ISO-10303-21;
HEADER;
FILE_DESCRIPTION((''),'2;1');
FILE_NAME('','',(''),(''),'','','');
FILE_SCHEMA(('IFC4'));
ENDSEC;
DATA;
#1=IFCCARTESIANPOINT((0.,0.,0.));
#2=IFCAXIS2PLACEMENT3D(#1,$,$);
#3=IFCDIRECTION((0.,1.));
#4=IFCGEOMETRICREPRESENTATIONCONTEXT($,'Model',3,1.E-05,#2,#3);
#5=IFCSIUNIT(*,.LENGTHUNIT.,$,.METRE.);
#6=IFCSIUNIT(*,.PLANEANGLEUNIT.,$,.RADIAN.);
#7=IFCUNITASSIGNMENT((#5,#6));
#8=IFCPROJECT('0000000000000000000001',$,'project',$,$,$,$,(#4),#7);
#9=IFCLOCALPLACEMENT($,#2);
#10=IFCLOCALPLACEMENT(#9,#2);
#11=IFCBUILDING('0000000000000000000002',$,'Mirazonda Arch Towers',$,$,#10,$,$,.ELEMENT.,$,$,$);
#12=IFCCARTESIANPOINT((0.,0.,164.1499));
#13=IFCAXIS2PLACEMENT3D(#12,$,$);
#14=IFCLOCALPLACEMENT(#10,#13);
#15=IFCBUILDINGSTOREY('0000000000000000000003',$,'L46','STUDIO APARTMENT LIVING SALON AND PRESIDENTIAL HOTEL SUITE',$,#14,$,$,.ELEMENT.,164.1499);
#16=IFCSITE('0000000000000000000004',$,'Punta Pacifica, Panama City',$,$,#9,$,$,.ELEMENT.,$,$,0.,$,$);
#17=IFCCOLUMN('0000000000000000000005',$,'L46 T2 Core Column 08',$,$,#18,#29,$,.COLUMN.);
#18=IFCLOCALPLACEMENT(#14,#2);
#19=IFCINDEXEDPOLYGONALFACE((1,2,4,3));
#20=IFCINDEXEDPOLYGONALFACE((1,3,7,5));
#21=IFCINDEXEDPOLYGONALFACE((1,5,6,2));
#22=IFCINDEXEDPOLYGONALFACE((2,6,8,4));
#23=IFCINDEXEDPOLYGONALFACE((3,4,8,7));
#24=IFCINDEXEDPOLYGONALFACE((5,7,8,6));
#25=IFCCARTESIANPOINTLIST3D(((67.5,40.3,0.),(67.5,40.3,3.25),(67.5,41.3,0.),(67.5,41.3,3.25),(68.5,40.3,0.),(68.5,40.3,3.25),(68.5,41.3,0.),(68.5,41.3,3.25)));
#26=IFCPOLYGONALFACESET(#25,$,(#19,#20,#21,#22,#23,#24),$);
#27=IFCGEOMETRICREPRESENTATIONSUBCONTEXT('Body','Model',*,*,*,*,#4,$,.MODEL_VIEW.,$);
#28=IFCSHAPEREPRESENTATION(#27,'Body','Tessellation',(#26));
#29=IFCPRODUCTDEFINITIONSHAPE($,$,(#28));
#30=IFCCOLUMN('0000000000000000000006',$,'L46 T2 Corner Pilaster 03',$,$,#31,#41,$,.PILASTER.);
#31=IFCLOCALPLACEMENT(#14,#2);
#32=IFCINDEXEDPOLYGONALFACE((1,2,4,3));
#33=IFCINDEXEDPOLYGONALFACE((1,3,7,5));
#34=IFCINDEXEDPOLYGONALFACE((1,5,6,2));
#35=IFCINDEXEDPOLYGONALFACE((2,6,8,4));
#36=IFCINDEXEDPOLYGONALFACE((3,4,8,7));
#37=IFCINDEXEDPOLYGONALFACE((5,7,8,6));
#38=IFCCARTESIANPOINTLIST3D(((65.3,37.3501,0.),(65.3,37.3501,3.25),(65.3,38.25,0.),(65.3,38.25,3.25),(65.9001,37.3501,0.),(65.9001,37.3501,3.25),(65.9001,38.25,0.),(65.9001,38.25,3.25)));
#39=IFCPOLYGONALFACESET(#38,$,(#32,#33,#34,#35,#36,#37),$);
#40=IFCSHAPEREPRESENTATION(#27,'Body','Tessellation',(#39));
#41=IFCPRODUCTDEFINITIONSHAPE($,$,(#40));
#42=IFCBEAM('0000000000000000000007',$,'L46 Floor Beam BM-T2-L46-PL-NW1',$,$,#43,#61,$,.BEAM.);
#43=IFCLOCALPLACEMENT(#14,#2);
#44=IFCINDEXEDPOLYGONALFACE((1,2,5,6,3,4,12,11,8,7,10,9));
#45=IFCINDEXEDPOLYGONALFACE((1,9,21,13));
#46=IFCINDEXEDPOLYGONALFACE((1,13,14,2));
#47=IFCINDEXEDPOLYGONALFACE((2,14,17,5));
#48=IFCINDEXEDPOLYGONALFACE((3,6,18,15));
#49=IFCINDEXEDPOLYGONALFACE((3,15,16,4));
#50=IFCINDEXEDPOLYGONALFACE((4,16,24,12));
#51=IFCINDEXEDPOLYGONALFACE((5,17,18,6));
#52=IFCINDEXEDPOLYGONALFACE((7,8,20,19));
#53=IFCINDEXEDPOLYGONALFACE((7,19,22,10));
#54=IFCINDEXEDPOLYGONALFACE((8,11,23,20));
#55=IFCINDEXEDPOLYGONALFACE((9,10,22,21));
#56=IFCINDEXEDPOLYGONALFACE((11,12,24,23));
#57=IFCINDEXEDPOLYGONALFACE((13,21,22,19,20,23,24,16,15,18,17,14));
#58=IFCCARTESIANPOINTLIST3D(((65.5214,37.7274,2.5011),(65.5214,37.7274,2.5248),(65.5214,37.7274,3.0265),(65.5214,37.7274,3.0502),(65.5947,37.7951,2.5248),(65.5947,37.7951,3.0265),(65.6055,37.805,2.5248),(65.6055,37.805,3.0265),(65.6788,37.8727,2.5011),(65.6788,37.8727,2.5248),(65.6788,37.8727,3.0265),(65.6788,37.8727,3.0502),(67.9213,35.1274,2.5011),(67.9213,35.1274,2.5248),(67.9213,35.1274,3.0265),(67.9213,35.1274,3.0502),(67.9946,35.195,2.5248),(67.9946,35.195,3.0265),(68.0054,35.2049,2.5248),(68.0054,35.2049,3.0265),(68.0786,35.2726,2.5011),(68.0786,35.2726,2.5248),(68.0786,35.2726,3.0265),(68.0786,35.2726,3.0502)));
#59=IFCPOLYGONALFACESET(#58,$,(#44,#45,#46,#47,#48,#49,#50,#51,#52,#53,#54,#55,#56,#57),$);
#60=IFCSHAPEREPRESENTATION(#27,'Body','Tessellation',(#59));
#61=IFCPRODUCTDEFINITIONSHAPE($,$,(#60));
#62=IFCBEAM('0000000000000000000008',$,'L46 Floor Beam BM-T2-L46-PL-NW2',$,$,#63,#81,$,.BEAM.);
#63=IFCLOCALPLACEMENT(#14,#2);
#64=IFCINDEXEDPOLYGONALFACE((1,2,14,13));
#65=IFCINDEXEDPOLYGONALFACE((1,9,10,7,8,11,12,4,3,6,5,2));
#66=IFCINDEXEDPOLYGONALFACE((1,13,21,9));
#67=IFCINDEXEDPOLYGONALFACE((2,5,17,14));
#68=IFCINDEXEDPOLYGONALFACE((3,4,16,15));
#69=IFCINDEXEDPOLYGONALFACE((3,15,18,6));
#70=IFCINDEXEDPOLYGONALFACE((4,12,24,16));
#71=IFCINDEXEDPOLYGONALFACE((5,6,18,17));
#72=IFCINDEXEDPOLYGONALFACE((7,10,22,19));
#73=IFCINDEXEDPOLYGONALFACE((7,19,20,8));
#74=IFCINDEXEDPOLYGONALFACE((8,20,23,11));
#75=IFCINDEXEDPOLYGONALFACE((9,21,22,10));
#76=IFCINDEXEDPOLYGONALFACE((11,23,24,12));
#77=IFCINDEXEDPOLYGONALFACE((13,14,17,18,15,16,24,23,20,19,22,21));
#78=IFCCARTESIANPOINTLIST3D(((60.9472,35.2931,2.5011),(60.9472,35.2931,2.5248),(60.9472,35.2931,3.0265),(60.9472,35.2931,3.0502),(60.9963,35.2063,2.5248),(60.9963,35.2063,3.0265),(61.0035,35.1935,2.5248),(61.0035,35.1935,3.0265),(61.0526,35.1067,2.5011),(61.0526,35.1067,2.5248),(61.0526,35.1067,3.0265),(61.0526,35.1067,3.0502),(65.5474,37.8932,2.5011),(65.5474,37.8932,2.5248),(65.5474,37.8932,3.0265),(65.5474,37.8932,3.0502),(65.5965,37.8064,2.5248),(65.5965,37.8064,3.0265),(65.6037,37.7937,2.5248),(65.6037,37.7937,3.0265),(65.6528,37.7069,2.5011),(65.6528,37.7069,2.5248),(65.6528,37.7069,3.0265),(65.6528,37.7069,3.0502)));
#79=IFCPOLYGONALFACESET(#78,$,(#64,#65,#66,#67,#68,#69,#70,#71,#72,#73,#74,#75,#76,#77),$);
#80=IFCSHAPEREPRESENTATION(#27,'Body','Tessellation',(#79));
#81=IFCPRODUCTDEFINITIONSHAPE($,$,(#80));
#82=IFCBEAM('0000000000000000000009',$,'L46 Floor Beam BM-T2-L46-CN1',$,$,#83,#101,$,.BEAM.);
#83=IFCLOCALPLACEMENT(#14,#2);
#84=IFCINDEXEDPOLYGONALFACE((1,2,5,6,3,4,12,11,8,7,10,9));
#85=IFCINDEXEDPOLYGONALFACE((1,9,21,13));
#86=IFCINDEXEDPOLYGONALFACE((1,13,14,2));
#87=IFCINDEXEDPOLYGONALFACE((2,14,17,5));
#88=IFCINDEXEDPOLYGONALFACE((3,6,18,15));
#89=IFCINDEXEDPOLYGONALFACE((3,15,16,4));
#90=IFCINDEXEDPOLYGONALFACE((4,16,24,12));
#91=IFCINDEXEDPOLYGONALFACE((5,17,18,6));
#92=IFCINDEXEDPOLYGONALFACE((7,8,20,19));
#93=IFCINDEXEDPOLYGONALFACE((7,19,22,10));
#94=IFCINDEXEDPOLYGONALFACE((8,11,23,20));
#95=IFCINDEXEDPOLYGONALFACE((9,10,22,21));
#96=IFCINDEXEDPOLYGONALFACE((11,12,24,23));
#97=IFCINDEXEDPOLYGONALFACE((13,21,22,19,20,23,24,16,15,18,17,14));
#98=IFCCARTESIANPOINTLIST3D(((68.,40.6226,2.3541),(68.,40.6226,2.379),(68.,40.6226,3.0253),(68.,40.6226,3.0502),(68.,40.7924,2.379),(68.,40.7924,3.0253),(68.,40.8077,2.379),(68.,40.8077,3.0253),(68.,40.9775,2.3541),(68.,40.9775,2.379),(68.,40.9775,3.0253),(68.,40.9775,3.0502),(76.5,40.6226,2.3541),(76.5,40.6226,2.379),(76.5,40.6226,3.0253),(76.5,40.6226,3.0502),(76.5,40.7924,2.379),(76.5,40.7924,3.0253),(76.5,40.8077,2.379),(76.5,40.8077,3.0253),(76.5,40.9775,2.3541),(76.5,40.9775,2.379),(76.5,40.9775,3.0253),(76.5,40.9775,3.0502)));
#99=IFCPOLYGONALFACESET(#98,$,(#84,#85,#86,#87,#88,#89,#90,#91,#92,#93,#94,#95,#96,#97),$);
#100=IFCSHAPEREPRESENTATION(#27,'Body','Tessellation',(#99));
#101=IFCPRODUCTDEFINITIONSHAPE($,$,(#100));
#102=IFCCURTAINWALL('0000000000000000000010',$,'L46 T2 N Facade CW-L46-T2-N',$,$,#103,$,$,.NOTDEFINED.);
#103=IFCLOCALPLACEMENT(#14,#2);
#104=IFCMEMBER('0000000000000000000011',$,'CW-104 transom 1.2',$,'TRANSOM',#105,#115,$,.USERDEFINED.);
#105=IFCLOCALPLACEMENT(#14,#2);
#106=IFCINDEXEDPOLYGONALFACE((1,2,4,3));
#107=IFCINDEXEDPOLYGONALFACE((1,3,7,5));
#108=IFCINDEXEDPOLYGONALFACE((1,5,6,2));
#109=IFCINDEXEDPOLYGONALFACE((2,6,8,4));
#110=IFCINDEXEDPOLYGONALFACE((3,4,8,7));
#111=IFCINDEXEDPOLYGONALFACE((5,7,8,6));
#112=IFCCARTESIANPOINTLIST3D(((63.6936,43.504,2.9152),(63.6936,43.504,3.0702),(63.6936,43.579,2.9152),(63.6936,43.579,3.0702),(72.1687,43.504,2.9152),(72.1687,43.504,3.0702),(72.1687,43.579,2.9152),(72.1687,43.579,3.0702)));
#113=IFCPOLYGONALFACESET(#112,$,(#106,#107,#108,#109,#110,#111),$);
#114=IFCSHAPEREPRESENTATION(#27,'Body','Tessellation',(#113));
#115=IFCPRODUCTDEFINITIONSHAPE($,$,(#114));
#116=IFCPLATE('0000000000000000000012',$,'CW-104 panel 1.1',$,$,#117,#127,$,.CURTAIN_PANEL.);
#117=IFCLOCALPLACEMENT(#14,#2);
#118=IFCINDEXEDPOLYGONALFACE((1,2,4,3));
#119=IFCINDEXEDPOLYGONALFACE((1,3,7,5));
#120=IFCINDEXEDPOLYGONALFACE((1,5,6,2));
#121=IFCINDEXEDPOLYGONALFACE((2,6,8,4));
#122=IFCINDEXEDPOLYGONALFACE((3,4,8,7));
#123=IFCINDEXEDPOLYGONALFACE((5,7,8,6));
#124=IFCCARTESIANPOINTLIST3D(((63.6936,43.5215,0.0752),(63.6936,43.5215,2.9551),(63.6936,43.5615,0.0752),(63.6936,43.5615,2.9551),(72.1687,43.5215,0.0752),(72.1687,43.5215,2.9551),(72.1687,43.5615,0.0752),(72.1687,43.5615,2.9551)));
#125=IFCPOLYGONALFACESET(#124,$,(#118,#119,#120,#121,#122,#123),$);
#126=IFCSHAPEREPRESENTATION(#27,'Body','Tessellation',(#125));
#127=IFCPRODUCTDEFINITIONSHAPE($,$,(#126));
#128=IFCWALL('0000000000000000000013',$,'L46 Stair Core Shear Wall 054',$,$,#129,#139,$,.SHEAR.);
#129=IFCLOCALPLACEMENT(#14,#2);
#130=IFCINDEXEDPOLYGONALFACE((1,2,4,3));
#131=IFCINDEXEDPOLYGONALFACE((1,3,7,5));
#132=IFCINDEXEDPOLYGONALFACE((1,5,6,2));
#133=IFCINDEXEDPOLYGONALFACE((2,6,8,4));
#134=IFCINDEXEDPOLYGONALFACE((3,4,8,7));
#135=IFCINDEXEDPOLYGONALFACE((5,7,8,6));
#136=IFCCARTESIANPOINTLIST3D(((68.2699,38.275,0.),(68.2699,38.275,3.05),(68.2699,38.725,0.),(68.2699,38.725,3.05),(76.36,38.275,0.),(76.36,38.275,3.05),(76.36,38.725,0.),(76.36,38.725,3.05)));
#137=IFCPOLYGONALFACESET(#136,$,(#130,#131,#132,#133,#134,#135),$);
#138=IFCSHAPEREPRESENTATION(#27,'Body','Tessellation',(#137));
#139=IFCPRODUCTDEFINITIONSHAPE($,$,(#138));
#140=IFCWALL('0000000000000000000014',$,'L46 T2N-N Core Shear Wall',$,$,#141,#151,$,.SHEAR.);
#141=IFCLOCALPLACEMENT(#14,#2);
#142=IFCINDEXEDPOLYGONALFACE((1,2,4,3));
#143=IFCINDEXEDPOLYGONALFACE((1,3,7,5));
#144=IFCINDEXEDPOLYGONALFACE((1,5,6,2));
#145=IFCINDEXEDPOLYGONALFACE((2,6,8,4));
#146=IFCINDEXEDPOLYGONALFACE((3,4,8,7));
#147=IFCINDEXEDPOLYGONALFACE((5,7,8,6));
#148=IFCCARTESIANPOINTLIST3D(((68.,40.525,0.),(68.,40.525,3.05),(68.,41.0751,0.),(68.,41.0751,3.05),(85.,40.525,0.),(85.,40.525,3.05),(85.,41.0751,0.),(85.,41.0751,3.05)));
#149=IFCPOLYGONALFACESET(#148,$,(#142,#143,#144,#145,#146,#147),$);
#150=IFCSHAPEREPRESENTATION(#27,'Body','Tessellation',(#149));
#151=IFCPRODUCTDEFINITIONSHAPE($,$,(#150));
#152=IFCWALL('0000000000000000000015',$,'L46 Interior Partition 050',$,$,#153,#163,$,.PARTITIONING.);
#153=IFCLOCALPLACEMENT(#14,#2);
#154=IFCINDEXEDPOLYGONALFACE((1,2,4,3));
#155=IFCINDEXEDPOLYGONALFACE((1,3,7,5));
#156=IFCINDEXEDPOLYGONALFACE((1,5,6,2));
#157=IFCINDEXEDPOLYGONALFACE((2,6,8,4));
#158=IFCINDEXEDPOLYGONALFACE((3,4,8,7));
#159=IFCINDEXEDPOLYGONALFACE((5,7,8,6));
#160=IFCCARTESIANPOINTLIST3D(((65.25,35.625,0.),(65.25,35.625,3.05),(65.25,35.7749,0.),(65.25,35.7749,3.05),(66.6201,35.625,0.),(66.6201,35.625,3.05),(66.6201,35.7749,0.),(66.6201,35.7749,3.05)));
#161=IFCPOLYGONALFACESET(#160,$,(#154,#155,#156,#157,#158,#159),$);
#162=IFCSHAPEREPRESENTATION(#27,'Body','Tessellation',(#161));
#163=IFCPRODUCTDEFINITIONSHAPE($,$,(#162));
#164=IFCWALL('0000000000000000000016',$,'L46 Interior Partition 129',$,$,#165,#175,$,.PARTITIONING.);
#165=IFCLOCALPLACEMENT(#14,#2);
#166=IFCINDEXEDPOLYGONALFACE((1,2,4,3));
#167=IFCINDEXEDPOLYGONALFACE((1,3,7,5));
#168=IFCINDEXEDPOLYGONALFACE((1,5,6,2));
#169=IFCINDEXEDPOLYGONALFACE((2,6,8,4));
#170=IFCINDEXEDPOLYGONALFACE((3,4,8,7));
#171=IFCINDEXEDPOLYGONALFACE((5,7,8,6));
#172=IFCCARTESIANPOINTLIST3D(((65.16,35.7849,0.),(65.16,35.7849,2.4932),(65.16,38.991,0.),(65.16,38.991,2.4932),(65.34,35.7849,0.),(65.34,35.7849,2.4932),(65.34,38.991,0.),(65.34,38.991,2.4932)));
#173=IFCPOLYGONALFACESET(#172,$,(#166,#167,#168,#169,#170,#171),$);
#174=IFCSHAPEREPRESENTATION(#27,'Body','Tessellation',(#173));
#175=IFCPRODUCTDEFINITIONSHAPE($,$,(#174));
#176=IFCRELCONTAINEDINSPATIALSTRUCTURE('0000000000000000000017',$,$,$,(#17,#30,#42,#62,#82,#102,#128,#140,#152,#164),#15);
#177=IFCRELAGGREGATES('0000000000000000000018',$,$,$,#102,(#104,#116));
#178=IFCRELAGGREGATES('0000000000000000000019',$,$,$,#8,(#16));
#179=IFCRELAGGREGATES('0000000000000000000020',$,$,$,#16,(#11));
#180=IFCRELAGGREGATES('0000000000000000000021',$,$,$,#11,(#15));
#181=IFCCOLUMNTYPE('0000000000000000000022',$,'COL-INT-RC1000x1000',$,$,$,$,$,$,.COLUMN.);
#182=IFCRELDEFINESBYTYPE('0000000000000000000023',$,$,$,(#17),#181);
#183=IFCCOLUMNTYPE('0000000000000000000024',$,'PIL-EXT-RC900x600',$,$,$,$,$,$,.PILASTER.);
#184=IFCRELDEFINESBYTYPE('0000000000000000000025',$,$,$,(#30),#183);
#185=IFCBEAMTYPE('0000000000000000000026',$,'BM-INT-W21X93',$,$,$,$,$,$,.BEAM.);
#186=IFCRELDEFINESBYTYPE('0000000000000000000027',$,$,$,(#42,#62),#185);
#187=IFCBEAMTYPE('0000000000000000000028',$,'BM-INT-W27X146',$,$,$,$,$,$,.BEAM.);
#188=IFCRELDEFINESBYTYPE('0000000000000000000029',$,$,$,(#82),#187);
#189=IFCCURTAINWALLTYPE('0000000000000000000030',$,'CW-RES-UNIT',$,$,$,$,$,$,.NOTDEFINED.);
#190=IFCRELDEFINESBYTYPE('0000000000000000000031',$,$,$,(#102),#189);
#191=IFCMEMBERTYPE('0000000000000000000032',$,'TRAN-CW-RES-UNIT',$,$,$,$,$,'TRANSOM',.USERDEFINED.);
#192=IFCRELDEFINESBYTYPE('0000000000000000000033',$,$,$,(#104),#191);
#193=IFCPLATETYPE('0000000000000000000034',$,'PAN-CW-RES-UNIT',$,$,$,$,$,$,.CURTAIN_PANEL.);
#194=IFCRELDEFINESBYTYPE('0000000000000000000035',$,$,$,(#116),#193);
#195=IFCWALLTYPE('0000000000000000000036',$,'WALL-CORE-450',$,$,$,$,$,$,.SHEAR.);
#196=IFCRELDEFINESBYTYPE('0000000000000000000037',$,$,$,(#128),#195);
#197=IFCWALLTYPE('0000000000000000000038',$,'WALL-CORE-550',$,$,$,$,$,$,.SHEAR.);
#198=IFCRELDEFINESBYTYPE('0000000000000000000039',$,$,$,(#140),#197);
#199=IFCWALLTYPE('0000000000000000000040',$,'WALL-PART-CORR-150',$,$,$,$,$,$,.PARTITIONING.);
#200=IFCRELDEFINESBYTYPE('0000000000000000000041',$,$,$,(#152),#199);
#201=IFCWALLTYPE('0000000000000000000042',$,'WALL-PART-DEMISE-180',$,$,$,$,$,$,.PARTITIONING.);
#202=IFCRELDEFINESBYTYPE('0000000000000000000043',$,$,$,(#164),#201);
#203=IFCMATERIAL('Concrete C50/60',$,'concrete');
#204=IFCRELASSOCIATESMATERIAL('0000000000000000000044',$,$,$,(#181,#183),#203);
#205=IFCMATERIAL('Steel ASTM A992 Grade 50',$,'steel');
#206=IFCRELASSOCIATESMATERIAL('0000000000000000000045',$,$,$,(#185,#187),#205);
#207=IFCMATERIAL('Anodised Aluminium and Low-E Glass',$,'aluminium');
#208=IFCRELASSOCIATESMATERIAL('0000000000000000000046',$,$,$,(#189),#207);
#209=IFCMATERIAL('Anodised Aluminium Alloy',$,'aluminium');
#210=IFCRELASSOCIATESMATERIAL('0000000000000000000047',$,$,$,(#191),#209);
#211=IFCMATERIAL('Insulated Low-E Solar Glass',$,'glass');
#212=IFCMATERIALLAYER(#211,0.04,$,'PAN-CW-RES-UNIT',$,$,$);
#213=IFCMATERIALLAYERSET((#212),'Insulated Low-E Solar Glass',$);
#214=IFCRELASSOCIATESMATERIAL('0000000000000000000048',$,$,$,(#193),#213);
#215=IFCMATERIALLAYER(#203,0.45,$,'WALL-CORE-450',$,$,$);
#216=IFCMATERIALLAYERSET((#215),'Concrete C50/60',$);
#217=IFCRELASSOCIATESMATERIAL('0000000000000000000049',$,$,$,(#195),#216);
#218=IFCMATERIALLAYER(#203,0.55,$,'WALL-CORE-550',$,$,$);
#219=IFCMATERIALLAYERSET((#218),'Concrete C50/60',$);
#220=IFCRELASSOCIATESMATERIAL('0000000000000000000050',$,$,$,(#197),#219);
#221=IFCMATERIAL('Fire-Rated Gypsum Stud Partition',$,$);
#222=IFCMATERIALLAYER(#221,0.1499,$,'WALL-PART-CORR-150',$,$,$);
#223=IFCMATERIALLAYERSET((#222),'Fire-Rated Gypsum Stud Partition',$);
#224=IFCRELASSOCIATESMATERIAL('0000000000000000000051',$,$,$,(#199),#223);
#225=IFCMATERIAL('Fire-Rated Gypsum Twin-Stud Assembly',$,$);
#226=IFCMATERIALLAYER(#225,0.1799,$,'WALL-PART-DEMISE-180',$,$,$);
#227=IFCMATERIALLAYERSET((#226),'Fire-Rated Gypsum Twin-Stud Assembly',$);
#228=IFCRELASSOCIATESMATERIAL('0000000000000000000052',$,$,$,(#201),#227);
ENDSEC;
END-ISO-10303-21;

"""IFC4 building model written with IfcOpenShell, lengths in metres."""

from ifc_helpers import new_model, si_unit, direction, frame, frame_2d, origin, origin_2d, place, context, subcontext, project, spatial, rectangle, i_section, extrude, material, layer, layer_set, material_profile, profile_set, type_object, element, aggregate, save


model = new_model("IFC4")

# Units and contexts
model_context = context("Model", 3, precision=1e-05, world=origin(), true_north=direction((0.0, 1.0)))
body_context = subcontext(model_context, "Body", "Model", "MODEL_VIEW")
ifc_project = project(units=[si_unit("LENGTHUNIT", "METRE"), si_unit("PLANEANGLEUNIT", "RADIAN")], contexts=[model_context])

# Site, building, storey
site_placement = place(None, origin())
site = spatial("IfcSite", under=ifc_project, at=site_placement, Name="Punta Pacifica, Panama City", CompositionType="ELEMENT", RefElevation=0.0)
building_placement = place(site_placement, origin())
building = spatial("IfcBuilding", under=site, at=building_placement, Name="Mirazonda Arch Towers", CompositionType="ELEMENT")
storey_placement = place(building_placement, frame((0.0, 0.0, 164.1499)))
storey = spatial("IfcBuildingStorey", under=building, at=storey_placement, Name="L46", Description="STUDIO APARTMENT LIVING SALON AND PRESIDENTIAL HOTEL SUITE", CompositionType="ELEMENT", Elevation=164.1499)

# Columns
ifc_material_1 = material(Name="Concrete C50/60", Category="concrete")
ifc_material_profile_1 = material_profile(ifc_material_1, rectangle(XDim=1.0, YDim=1.0, at=origin_2d()), Name="RC1000x1000")
ifc_profile_set_1 = profile_set([ifc_material_profile_1], Name="Concrete C50/60")
column_type_1 = type_object("IfcColumnType", Name="COL-INT-RC1000x1000", PredefinedType="COLUMN", material=ifc_profile_set_1)
column_1_placement = place(storey_placement, frame((68.0, 40.8, 0.0), z_axis=(0.0, 0.0, 1.0), x_axis=(1.0, 0.0, 0.0)))
element("IfcColumn", 1, at=column_1_placement, inside=storey, type_object=column_type_1, Name="L46 T2 Core Column 08", PredefinedType="COLUMN", context=body_context, shape_type="SweptSolid", body=[
    extrude(rectangle(XDim=1.0, YDim=1.0, at=origin_2d()), origin(), (0.0, 0.0, 1.0), 3.25),
])
ifc_material_profile_2 = material_profile(ifc_material_1, rectangle(XDim=0.6001, YDim=0.8999, at=origin_2d()), Name="RC900x600")
ifc_profile_set_2 = profile_set([ifc_material_profile_2], Name="Concrete C50/60")
column_type_2 = type_object("IfcColumnType", Name="PIL-EXT-RC900x600", PredefinedType="PILASTER", material=ifc_profile_set_2)
column_2_placement = place(storey_placement, frame((65.6001, 37.8, 0.0), z_axis=(0.0, 0.0, 1.0), x_axis=(1.0, 0.0, 0.0)))
element("IfcColumn", 2, at=column_2_placement, inside=storey, type_object=column_type_2, Name="L46 T2 Corner Pilaster 03", PredefinedType="PILASTER", context=body_context, shape_type="SweptSolid", body=[
    extrude(rectangle(XDim=0.6001, YDim=0.8999, at=origin_2d()), origin(), (0.0, 0.0, 1.0), 3.25),
])

# Beams
ifc_material_2 = material(Name="Steel ASTM A992 Grade 50", Category="steel")
ifc_material_profile_3 = material_profile(ifc_material_2, i_section(OverallWidth=0.2141, OverallDepth=0.5491, WebThickness=0.0146, FlangeThickness=0.0237, at=origin_2d()), Name="W21X93")
ifc_profile_set_3 = profile_set([ifc_material_profile_3], Name="Steel ASTM A992 Grade 50")
beam_type_1 = type_object("IfcBeamType", Name="BM-INT-W21X93", PredefinedType="BEAM", material=ifc_profile_set_3)
beam_1_placement = place(storey_placement, frame((65.6001, 37.8, 2.7756), z_axis=(0.678251, -0.73483, 0.0), x_axis=(0.73483, 0.678251, 0.0)))
element("IfcBeam", 3, at=beam_1_placement, inside=storey, type_object=beam_type_1, Name="L46 Floor Beam BM-T2-L46-PL-NW1", PredefinedType="BEAM", context=body_context, shape_type="SweptSolid", body=[
    extrude(i_section(OverallWidth=0.2141, OverallDepth=0.5491, WebThickness=0.0146, FlangeThickness=0.0237, at=origin_2d()), origin(), (0.0, 0.0, 1.0), 3.5383),
])
beam_2_placement = place(storey_placement, frame((65.6001, 37.8, 2.7756), z_axis=(-0.870559, -0.492063, 0.0), x_axis=(0.492063, -0.870559, 0.0)))
element("IfcBeam", 4, at=beam_2_placement, inside=storey, type_object=beam_type_1, Name="L46 Floor Beam BM-T2-L46-PL-NW2", PredefinedType="BEAM", context=body_context, shape_type="SweptSolid", body=[
    extrude(i_section(OverallWidth=0.2141, OverallDepth=0.5491, WebThickness=0.0146, FlangeThickness=0.0237, at=origin_2d()), origin(), (0.0, 0.0, 1.0), 5.2842),
])
ifc_material_profile_4 = material_profile(ifc_material_2, i_section(OverallWidth=0.355, OverallDepth=0.696, WebThickness=0.0154, FlangeThickness=0.0249, at=origin_2d()), Name="W27X146")
ifc_profile_set_4 = profile_set([ifc_material_profile_4], Name="Steel ASTM A992 Grade 50")
beam_type_2 = type_object("IfcBeamType", Name="BM-INT-W27X146", PredefinedType="BEAM", material=ifc_profile_set_4)
beam_3_placement = place(storey_placement, frame((68.0, 40.8, 2.7021), z_axis=(1.0, 0.0, 0.0), x_axis=(0.0, 1.0, 0.0)))
element("IfcBeam", 5, at=beam_3_placement, inside=storey, type_object=beam_type_2, Name="L46 Floor Beam BM-T2-L46-CN1", PredefinedType="BEAM", context=body_context, shape_type="SweptSolid", body=[
    extrude(i_section(OverallWidth=0.355, OverallDepth=0.696, WebThickness=0.0154, FlangeThickness=0.0249, at=origin_2d()), origin(), (0.0, 0.0, 1.0), 8.5),
])

# Curtain wall, member, plate
ifc_material_3 = material(Name="Anodised Aluminium and Low-E Glass", Category="aluminium")
curtain_wall_type = type_object("IfcCurtainWallType", Name="CW-RES-UNIT", PredefinedType="NOTDEFINED", material=ifc_material_3)
curtain_wall_placement = place(storey_placement, origin())
curtain_wall = element("IfcCurtainWall", 6, at=curtain_wall_placement, inside=storey, type_object=curtain_wall_type, Name="L46 T2 N Facade CW-L46-T2-N", PredefinedType="NOTDEFINED")
ifc_material_4 = material(Name="Anodised Aluminium Alloy", Category="aluminium")
ifc_material_profile_5 = material_profile(ifc_material_4, rectangle(XDim=0.075, YDim=0.155, at=origin_2d()), Name="ALU-TRAN-75x155")
ifc_profile_set_5 = profile_set([ifc_material_profile_5], Name="Anodised Aluminium Alloy")
member_type = type_object("IfcMemberType", Name="TRAN-CW-RES-UNIT", ElementType="TRANSOM", PredefinedType="USERDEFINED", material=ifc_profile_set_5)
member_placement = place(storey_placement, frame((63.6936, 43.5415, 2.9927), z_axis=(1.0, 0.0, 0.0), x_axis=(0.0, 1.0, 0.0)))
member = element("IfcMember", 7, at=member_placement, type_object=member_type, Name="CW-104 transom 1.2", ObjectType="TRANSOM", PredefinedType="USERDEFINED", context=body_context, shape_type="SweptSolid", body=[
    extrude(rectangle(XDim=0.075, YDim=0.155, at=origin_2d()), origin(), (0.0, 0.0, 1.0), 8.4751),
])
ifc_material_5 = material(Name="Insulated Low-E Solar Glass", Category="glass")
ifc_layer_1 = layer(ifc_material_5, 0.04, Name="PAN-CW-RES-UNIT")
ifc_layer_set_1 = layer_set([ifc_layer_1], Name="Insulated Low-E Solar Glass")
plate_type = type_object("IfcPlateType", Name="PAN-CW-RES-UNIT", PredefinedType="CURTAIN_PANEL", material=ifc_layer_set_1)
plate_placement = place(storey_placement, frame((67.9312, 43.5415, 0.0752), z_axis=(0.0, 0.0, 1.0), x_axis=(1.0, 0.0, 0.0)))
plate = element("IfcPlate", 8, at=plate_placement, type_object=plate_type, Name="CW-104 panel 1.1", PredefinedType="CURTAIN_PANEL", context=body_context, shape_type="SweptSolid", body=[
    extrude(rectangle(XDim=8.4751, YDim=0.04, at=origin_2d()), origin(), (0.0, 0.0, 1.0), 2.8799),
])
aggregate(curtain_wall, [member, plate])

# Walls
ifc_layer_2 = layer(ifc_material_1, 0.45, Name="WALL-CORE-450")
ifc_layer_set_2 = layer_set([ifc_layer_2], Name="Concrete C50/60")
wall_type_1 = type_object("IfcWallType", Name="WALL-CORE-450", PredefinedType="SHEAR", material=ifc_layer_set_2)
wall_1_placement = place(storey_placement, frame((68.27, 38.5, 0.0), z_axis=(0.0, 0.0, 1.0), x_axis=(1.0, 0.0, 0.0)))
element("IfcWall", 9, at=wall_1_placement, inside=storey, type_object=wall_type_1, Name="L46 Stair Core Shear Wall 054", PredefinedType="SHEAR", context=body_context, shape_type="SweptSolid", body=[
    extrude(rectangle(XDim=8.0901, YDim=0.45, at=frame_2d((4.0449, 0.0))), origin(), (0.0, 0.0, 1.0), 3.05),
])
ifc_layer_3 = layer(ifc_material_1, 0.55, Name="WALL-CORE-550")
ifc_layer_set_3 = layer_set([ifc_layer_3], Name="Concrete C50/60")
wall_type_2 = type_object("IfcWallType", Name="WALL-CORE-550", PredefinedType="SHEAR", material=ifc_layer_set_3)
wall_2_placement = place(storey_placement, frame((68.0, 40.8, 0.0), z_axis=(0.0, 0.0, 1.0), x_axis=(1.0, 0.0, 0.0)))
element("IfcWall", 10, at=wall_2_placement, inside=storey, type_object=wall_type_2, Name="L46 T2N-N Core Shear Wall", PredefinedType="SHEAR", context=body_context, shape_type="SweptSolid", body=[
    extrude(rectangle(XDim=17.0, YDim=0.55, at=frame_2d((8.5, 0.0))), origin(), (0.0, 0.0, 1.0), 3.05),
])
ifc_material_6 = material(Name="Fire-Rated Gypsum Stud Partition")
ifc_layer_4 = layer(ifc_material_6, 0.1499, Name="WALL-PART-CORR-150")
ifc_layer_set_4 = layer_set([ifc_layer_4], Name="Fire-Rated Gypsum Stud Partition")
wall_type_3 = type_object("IfcWallType", Name="WALL-PART-CORR-150", PredefinedType="PARTITIONING", material=ifc_layer_set_4)
wall_3_placement = place(storey_placement, frame((65.25, 35.7, 0.0), z_axis=(0.0, 0.0, 1.0), x_axis=(1.0, 0.0, 0.0)))
element("IfcWall", 11, at=wall_3_placement, inside=storey, type_object=wall_type_3, Name="L46 Interior Partition 050", PredefinedType="PARTITIONING", context=body_context, shape_type="SweptSolid", body=[
    extrude(rectangle(XDim=1.3701, YDim=0.1499, at=frame_2d((0.6851, 0.0))), origin(), (0.0, 0.0, 1.0), 3.05),
])
ifc_material_7 = material(Name="Fire-Rated Gypsum Twin-Stud Assembly")
ifc_layer_5 = layer(ifc_material_7, 0.1799, Name="WALL-PART-DEMISE-180")
ifc_layer_set_5 = layer_set([ifc_layer_5], Name="Fire-Rated Gypsum Twin-Stud Assembly")
wall_type_4 = type_object("IfcWallType", Name="WALL-PART-DEMISE-180", PredefinedType="PARTITIONING", material=ifc_layer_set_5)
wall_4_placement = place(storey_placement, frame((65.25, 35.7849, 0.0), z_axis=(0.0, 0.0, 1.0), x_axis=(0.0, 1.0, 0.0)))
element("IfcWall", 12, at=wall_4_placement, inside=storey, type_object=wall_type_4, Name="L46 Interior Partition 129", PredefinedType="PARTITIONING", context=body_context, shape_type="SweptSolid", body=[
    extrude(rectangle(XDim=3.2061, YDim=0.1799, at=frame_2d((1.603, 0.0))), origin(), (0.0, 0.0, 1.0), 2.4932),
])

save(model, "model.ifc")
